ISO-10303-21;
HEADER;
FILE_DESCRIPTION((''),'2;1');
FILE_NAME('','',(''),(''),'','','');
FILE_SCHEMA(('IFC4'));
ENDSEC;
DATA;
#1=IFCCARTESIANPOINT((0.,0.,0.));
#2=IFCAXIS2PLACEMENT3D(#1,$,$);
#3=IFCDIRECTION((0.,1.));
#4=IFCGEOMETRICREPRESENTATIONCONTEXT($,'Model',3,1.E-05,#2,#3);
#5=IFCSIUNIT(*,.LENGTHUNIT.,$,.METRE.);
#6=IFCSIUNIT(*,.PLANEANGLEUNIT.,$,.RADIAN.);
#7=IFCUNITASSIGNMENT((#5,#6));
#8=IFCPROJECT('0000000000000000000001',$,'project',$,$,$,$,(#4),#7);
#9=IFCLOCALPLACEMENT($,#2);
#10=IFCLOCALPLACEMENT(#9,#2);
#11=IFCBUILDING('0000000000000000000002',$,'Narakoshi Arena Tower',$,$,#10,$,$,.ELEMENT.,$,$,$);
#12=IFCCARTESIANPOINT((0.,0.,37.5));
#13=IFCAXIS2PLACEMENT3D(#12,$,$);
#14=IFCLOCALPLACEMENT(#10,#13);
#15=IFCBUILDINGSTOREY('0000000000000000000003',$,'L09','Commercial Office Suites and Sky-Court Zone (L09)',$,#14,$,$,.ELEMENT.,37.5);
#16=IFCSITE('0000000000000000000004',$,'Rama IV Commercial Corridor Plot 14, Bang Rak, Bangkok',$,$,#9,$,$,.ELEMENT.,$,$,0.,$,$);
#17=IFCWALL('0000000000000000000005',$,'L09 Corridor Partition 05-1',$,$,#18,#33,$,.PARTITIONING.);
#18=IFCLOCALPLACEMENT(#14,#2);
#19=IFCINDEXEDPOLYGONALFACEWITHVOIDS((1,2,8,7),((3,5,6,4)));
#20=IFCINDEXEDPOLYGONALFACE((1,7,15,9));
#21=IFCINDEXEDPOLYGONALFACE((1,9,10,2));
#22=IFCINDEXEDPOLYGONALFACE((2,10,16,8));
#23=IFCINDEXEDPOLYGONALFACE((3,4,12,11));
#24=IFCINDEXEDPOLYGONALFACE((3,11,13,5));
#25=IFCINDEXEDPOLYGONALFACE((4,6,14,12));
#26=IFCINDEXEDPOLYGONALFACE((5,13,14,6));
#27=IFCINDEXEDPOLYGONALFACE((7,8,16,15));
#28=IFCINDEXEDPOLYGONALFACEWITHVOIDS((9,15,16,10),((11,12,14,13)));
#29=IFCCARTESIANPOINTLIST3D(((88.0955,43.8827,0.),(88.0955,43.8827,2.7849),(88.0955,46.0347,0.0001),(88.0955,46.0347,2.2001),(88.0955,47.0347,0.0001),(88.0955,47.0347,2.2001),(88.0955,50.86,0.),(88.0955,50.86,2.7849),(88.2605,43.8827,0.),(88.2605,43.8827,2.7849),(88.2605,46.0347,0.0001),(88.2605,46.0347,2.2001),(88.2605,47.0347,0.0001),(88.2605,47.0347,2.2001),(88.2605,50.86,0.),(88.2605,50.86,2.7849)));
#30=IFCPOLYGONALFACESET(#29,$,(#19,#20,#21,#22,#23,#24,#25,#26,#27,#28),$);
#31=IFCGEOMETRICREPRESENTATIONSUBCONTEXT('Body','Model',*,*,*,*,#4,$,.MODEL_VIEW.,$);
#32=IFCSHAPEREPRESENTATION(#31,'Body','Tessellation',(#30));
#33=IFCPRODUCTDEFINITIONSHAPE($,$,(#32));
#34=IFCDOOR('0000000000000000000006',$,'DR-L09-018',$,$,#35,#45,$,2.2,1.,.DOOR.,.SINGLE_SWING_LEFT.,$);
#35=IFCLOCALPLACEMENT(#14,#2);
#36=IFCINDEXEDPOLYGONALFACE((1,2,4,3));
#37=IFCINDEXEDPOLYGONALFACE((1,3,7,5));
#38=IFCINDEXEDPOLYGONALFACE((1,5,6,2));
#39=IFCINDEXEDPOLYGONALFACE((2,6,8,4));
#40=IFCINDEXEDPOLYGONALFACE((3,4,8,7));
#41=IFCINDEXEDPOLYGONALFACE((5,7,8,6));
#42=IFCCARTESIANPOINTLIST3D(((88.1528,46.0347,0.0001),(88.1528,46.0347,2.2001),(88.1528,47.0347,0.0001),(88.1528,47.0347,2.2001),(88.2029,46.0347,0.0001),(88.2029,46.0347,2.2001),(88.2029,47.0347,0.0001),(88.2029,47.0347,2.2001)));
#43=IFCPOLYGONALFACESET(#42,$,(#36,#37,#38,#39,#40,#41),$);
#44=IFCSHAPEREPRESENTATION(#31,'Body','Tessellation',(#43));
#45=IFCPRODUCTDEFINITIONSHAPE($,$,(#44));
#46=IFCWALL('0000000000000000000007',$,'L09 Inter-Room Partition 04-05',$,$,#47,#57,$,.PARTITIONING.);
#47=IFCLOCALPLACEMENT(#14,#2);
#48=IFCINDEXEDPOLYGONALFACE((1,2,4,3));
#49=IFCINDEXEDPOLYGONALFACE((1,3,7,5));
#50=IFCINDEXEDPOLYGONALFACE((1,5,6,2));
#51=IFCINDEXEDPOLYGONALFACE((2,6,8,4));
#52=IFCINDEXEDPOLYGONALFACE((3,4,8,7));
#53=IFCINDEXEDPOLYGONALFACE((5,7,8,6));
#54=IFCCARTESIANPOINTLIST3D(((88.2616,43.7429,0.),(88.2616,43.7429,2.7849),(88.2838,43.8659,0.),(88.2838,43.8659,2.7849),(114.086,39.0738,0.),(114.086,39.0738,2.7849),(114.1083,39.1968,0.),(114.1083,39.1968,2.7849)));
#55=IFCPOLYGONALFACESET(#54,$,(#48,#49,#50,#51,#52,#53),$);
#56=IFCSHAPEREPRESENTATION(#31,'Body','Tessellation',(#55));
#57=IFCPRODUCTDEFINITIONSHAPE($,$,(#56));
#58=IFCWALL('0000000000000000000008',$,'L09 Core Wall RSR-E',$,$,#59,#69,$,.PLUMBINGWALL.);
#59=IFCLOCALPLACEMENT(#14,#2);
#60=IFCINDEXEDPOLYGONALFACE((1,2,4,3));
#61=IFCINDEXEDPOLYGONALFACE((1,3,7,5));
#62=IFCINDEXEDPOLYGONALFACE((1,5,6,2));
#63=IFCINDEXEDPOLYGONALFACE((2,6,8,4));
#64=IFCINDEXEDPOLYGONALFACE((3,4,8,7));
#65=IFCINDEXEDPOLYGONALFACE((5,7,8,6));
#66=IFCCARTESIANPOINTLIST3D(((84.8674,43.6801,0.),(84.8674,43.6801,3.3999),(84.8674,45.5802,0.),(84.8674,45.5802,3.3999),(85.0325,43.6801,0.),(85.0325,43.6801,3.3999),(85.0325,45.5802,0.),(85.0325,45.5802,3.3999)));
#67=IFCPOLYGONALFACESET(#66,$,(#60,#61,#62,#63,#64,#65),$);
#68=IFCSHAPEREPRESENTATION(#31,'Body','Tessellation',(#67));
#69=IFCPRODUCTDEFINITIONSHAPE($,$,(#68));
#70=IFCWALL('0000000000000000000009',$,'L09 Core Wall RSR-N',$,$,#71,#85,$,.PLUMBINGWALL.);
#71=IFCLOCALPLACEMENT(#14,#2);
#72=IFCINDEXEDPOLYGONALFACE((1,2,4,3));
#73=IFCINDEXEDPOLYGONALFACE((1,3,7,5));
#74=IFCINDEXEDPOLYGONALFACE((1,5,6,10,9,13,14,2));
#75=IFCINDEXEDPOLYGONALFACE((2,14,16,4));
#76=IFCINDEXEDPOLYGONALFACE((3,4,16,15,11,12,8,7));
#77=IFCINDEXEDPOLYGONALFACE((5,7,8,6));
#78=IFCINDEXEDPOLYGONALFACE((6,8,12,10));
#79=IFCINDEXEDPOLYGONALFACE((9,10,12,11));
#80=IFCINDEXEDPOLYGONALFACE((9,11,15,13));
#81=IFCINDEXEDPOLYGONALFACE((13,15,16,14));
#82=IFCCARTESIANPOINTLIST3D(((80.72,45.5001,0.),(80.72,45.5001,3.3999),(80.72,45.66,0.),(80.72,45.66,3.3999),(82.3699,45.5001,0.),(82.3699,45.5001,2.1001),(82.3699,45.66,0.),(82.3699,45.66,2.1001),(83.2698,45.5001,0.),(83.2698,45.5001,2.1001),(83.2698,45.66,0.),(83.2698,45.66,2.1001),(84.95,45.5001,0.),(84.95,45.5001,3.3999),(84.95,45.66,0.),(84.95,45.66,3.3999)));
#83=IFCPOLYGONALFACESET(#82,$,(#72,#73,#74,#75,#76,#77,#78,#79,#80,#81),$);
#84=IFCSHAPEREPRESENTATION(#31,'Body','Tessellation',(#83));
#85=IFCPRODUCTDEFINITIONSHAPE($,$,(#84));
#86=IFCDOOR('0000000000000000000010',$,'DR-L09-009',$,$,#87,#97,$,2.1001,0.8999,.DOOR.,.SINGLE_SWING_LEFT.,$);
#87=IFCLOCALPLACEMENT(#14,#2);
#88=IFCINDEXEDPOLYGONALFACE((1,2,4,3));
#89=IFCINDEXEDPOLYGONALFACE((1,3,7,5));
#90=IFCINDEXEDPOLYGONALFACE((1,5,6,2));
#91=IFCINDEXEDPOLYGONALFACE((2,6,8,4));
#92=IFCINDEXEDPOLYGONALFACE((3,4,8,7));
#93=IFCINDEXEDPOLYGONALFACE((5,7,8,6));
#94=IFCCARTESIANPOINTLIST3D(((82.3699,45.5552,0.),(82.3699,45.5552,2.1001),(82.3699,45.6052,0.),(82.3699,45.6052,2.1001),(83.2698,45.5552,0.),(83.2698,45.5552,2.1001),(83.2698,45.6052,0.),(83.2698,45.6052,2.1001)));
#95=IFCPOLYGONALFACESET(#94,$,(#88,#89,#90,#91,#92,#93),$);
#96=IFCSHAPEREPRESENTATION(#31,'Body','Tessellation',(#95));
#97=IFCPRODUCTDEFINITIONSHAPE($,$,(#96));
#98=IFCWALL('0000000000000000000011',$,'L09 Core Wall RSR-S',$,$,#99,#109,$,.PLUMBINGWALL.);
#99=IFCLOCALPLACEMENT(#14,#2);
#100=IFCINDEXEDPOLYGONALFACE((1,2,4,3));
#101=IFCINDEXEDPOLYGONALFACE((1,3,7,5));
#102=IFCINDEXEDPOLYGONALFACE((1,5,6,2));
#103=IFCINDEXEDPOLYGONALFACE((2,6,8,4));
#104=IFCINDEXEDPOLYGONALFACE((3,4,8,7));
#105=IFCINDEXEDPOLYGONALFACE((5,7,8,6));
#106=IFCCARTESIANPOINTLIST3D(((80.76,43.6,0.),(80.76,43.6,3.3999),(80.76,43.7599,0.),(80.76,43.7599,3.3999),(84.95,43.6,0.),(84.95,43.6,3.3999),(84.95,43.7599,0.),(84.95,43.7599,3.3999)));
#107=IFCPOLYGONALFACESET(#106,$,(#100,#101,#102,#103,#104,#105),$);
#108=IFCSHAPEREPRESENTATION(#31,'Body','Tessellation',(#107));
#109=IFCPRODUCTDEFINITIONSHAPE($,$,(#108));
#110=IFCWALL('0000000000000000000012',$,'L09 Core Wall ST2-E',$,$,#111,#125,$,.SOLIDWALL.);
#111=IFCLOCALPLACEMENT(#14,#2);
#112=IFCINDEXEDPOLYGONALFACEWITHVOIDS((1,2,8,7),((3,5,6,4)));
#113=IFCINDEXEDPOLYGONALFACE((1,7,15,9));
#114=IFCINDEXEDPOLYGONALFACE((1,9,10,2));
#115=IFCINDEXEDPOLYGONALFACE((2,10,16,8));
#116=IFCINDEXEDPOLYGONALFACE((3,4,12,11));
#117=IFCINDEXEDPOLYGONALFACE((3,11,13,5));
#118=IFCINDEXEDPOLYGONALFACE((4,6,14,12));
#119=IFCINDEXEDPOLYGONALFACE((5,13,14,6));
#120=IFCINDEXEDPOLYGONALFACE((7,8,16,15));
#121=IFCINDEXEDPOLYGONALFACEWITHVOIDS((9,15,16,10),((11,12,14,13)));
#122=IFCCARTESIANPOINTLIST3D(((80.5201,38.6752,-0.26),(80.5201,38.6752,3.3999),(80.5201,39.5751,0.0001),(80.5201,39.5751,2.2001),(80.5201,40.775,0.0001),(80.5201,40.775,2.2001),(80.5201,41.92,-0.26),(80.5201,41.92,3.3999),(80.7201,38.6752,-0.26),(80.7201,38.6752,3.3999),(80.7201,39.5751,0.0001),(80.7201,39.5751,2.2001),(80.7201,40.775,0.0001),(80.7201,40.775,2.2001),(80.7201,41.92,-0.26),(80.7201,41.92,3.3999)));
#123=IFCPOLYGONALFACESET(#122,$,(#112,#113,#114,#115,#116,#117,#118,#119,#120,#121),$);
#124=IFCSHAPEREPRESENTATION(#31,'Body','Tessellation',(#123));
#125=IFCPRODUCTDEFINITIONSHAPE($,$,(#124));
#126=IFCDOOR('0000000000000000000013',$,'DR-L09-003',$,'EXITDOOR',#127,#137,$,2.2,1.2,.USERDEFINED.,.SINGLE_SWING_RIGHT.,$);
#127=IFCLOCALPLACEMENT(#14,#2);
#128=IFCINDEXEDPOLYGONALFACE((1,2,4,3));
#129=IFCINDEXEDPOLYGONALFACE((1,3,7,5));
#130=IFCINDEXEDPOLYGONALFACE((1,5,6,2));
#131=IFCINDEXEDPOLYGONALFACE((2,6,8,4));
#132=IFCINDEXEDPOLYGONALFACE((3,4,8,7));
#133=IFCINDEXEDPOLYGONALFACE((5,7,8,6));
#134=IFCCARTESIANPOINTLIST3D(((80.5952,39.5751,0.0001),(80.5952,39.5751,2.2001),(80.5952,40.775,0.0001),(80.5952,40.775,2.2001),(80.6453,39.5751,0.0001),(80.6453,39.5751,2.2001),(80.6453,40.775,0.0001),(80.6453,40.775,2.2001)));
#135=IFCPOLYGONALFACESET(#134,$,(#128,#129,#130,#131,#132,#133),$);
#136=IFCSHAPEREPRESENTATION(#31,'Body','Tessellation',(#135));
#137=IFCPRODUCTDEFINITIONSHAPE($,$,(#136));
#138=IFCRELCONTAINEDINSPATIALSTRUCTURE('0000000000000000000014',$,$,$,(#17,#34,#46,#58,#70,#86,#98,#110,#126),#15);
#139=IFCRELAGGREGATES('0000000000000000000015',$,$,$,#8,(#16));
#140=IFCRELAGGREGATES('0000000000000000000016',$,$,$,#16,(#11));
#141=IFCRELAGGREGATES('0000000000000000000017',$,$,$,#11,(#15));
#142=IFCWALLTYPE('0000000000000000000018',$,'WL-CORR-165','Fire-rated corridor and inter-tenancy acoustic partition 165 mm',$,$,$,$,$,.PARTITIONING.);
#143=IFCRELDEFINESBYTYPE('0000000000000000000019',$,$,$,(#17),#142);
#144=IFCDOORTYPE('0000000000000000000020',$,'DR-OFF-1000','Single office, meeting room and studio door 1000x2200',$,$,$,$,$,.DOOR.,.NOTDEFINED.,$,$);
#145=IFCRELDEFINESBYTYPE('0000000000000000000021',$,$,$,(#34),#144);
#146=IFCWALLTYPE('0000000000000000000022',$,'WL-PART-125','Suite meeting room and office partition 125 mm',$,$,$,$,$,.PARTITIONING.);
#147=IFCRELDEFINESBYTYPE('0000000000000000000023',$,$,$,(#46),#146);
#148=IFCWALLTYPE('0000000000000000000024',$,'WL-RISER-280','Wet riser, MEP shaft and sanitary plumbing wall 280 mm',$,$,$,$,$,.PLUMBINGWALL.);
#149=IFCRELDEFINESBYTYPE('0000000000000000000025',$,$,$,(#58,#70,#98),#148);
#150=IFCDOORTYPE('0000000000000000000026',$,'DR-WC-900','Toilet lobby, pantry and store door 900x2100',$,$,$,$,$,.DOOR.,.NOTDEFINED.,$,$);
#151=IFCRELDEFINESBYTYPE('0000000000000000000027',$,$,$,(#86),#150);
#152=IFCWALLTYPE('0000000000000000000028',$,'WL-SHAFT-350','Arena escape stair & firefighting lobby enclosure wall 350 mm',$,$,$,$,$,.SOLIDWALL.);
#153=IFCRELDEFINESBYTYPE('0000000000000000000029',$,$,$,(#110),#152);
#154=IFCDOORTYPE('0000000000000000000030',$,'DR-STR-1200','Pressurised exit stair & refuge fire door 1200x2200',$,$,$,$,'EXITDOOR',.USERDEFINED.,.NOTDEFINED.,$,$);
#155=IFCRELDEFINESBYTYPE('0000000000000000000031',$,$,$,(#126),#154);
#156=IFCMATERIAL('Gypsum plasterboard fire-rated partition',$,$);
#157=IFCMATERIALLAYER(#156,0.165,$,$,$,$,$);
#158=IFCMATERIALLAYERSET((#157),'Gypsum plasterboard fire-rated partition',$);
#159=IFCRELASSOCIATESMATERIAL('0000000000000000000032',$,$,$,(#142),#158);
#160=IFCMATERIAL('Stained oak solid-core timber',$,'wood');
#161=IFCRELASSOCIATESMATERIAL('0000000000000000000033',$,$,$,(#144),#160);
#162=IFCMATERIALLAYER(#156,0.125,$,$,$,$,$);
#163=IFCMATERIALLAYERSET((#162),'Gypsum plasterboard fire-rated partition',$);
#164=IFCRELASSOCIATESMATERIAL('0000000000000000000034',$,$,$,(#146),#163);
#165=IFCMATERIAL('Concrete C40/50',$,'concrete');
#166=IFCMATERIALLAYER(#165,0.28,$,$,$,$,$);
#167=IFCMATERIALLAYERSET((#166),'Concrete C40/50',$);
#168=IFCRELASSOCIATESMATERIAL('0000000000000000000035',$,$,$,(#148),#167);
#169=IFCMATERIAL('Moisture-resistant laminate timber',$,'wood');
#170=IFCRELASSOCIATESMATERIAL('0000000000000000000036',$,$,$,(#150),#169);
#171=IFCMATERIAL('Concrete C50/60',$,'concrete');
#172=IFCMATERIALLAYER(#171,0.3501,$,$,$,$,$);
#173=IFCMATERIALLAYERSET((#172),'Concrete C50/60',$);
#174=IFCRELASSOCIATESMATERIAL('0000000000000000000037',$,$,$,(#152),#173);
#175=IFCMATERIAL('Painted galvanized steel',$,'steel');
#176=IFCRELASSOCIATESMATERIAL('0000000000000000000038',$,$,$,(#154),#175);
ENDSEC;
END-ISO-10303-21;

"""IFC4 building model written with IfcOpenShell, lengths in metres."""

from ifc_helpers import new_model, si_unit, direction, frame, frame_2d, origin, place, context, subcontext, project, spatial, rectangle, extrude, material, layer, layer_set, type_object, element, fill, save


model = new_model("IFC4")

# Units and contexts
model_context = context("Model", 3, precision=1e-05, world=origin(), true_north=direction((0.0, 1.0)))
body_context = subcontext(model_context, "Body", "Model", "MODEL_VIEW")
ifc_project = project(units=[si_unit("LENGTHUNIT", "METRE"), si_unit("PLANEANGLEUNIT", "RADIAN")], contexts=[model_context])

# Site, building, storey
site_placement = place(None, origin())
site = spatial("IfcSite", under=ifc_project, at=site_placement, Name="Rama IV Commercial Corridor Plot 14, Bang Rak, Bangkok", CompositionType="ELEMENT", RefElevation=0.0)
building_placement = place(site_placement, origin())
building = spatial("IfcBuilding", under=site, at=building_placement, Name="Narakoshi Arena Tower", CompositionType="ELEMENT")
storey_placement = place(building_placement, frame((0.0, 0.0, 37.5)))
storey = spatial("IfcBuildingStorey", under=building, at=storey_placement, Name="L09", Description="Commercial Office Suites and Sky-Court Zone (L09)", CompositionType="ELEMENT", Elevation=37.5)

# Wall, opening, door
ifc_material_1 = material(Name="Gypsum plasterboard fire-rated partition")
ifc_layer_1 = layer(ifc_material_1, 0.165)
ifc_layer_set_1 = layer_set([ifc_layer_1], Name="Gypsum plasterboard fire-rated partition")
wall_type_1 = type_object("IfcWallType", Name="WL-CORR-165", Description="Fire-rated corridor and inter-tenancy acoustic partition 165 mm", PredefinedType="PARTITIONING", material=ifc_layer_set_1)
ifc_material_2 = material(Name="Stained oak solid-core timber", Category="wood")
door_type_1 = type_object("IfcDoorType", Name="DR-OFF-1000", Description="Single office, meeting room and studio door 1000x2200", OperationType="NOTDEFINED", PredefinedType="DOOR", material=ifc_material_2)
wall_1_placement = place(storey_placement, frame((88.178, 43.8826, 0.0), z_axis=(0.0, 0.0, 1.0), x_axis=(0.0, 1.0, 0.0)))
wall_1 = element("IfcWall", 1, at=wall_1_placement, inside=storey, type_object=wall_type_1, Name="L09 Corridor Partition 05-1", PredefinedType="PARTITIONING", context=body_context, shape_type="SweptSolid", body=[
    extrude(rectangle(XDim=6.9773, YDim=0.165, at=frame_2d((3.4888, 0.0))), origin(), (0.0, 0.0, 1.0), 2.7849),
])
opening_1_placement = place(wall_1_placement, frame((2.1521, 0.0, 0.0)))
opening_1 = element("IfcOpeningElement", 2, at=opening_1_placement, cuts=wall_1, PredefinedType="OPENING", context=body_context, shape_type="SweptSolid", body=[
    extrude(rectangle(XDim=1.0, YDim=2.2, at=frame_2d((0.5, 1.1001))), frame((0.0, 0.0925, 0.0), z_axis=(0.0, -1.0, 0.0), x_axis=(1.0, 0.0, 0.0)), (0.0, 0.0, 1.0), 0.1851),
])
door_1_placement = place(opening_1_placement, frame((1.0, 0.0, 0.0), z_axis=(0.0, 0.0, 1.0), x_axis=(-1.0, 0.0, 0.0)))
door_1 = element("IfcDoor", 3, at=door_1_placement, inside=storey, type_object=door_type_1, Name="DR-L09-018", OperationType="SINGLE_SWING_LEFT", OverallHeight=2.2, OverallWidth=1.0, PredefinedType="DOOR", context=body_context, shape_type="SweptSolid", body=[
    extrude(rectangle(XDim=1.0, YDim=2.2, at=frame_2d((0.5, 1.1001))), frame((0.0, 0.0249, 0.0), z_axis=(0.0, -1.0, 0.0), x_axis=(1.0, 0.0, 0.0)), (0.0, 0.0, 1.0), 0.05),
])
fill(opening_1, door_1)

# Walls
ifc_layer_2 = layer(ifc_material_1, 0.125)
ifc_layer_set_2 = layer_set([ifc_layer_2], Name="Gypsum plasterboard fire-rated partition")
wall_type_2 = type_object("IfcWallType", Name="WL-PART-125", Description="Suite meeting room and office partition 125 mm", PredefinedType="PARTITIONING", material=ifc_layer_set_2)
wall_2_placement = place(storey_placement, frame((88.2727, 43.8044, 0.0), z_axis=(0.0, 0.0, 1.0), x_axis=(0.984045, -0.17792, 0.0)))
element("IfcWall", 4, at=wall_2_placement, inside=storey, type_object=wall_type_2, Name="L09 Inter-Room Partition 04-05", PredefinedType="PARTITIONING", context=body_context, shape_type="SweptSolid", body=[
    extrude(rectangle(XDim=26.2432, YDim=0.125, at=frame_2d((13.1216, 0.0))), origin(), (0.0, 0.0, 1.0), 2.7849),
])
ifc_material_3 = material(Name="Concrete C40/50", Category="concrete")
ifc_layer_3 = layer(ifc_material_3, 0.28)
ifc_layer_set_3 = layer_set([ifc_layer_3], Name="Concrete C40/50")
wall_type_3 = type_object("IfcWallType", Name="WL-RISER-280", Description="Wet riser, MEP shaft and sanitary plumbing wall 280 mm", PredefinedType="PLUMBINGWALL", material=ifc_layer_set_3)
wall_3_placement = place(storey_placement, frame((84.95, 43.6799, 0.0), z_axis=(0.0, 0.0, 1.0), x_axis=(0.0, 1.0, 0.0)))
element("IfcWall", 5, at=wall_3_placement, inside=storey, type_object=wall_type_3, Name="L09 Core Wall RSR-E", PredefinedType="PLUMBINGWALL", context=body_context, shape_type="SweptSolid", body=[
    extrude(rectangle(XDim=1.9001, YDim=0.165, at=frame_2d((0.9502, 0.0))), origin(), (0.0, 0.0, 1.0), 3.3999),
])

# Wall, opening, door
wall_4_placement = place(storey_placement, frame((80.72, 45.5801, 0.0), z_axis=(0.0, 0.0, 1.0), x_axis=(1.0, 0.0, 0.0)))
wall_4 = element("IfcWall", 6, at=wall_4_placement, inside=storey, type_object=wall_type_3, Name="L09 Core Wall RSR-N", PredefinedType="PLUMBINGWALL", context=body_context, shape_type="SweptSolid", body=[
    extrude(rectangle(XDim=4.23, YDim=0.1599, at=frame_2d((2.115, 0.0))), origin(), (0.0, 0.0, 1.0), 3.3999),
])
opening_2_placement = place(wall_4_placement, frame((1.6499, 0.0, 0.0)))
opening_2 = element("IfcOpeningElement", 7, at=opening_2_placement, cuts=wall_4, PredefinedType="OPENING", context=body_context, shape_type="SweptSolid", body=[
    extrude(rectangle(XDim=0.8999, YDim=2.1001, at=frame_2d((0.45, 1.05))), frame((0.0, 0.0898, 0.0), z_axis=(0.0, -1.0, 0.0), x_axis=(1.0, 0.0, 0.0)), (0.0, 0.0, 1.0), 0.1799),
])
ifc_material_4 = material(Name="Moisture-resistant laminate timber", Category="wood")
door_type_2 = type_object("IfcDoorType", Name="DR-WC-900", Description="Toilet lobby, pantry and store door 900x2100", OperationType="NOTDEFINED", PredefinedType="DOOR", material=ifc_material_4)
door_2_placement = place(opening_2_placement, frame((0.8999, 0.0, 0.0), z_axis=(0.0, 0.0, 1.0), x_axis=(-1.0, 0.0, 0.0)))
door_2 = element("IfcDoor", 8, at=door_2_placement, inside=storey, type_object=door_type_2, Name="DR-L09-009", OperationType="SINGLE_SWING_LEFT", OverallHeight=2.1001, OverallWidth=0.8999, PredefinedType="DOOR", context=body_context, shape_type="SweptSolid", body=[
    extrude(rectangle(XDim=0.8999, YDim=2.1001, at=frame_2d((0.45, 1.05))), frame((0.0, 0.0249, 0.0), z_axis=(0.0, -1.0, 0.0), x_axis=(1.0, 0.0, 0.0)), (0.0, 0.0, 1.0), 0.05),
])
fill(opening_2, door_2)

# Wall
wall_5_placement = place(storey_placement, frame((80.76, 43.6799, 0.0), z_axis=(0.0, 0.0, 1.0), x_axis=(1.0, 0.0, 0.0)))
element("IfcWall", 9, at=wall_5_placement, inside=storey, type_object=wall_type_3, Name="L09 Core Wall RSR-S", PredefinedType="PLUMBINGWALL", context=body_context, shape_type="SweptSolid", body=[
    extrude(rectangle(XDim=4.1899, YDim=0.1599, at=frame_2d((2.095, 0.0))), origin(), (0.0, 0.0, 1.0), 3.3999),
])

# Wall, opening, door
ifc_material_5 = material(Name="Concrete C50/60", Category="concrete")
ifc_layer_4 = layer(ifc_material_5, 0.3501)
ifc_layer_set_4 = layer_set([ifc_layer_4], Name="Concrete C50/60")
wall_type_4 = type_object("IfcWallType", Name="WL-SHAFT-350", Description="Arena escape stair & firefighting lobby enclosure wall 350 mm", PredefinedType="SOLIDWALL", material=ifc_layer_set_4)
wall_6_placement = place(storey_placement, frame((80.6201, 38.675, -0.26), z_axis=(0.0, 0.0, 1.0), x_axis=(0.0, 1.0, 0.0)))
wall_6 = element("IfcWall", 10, at=wall_6_placement, inside=storey, type_object=wall_type_4, Name="L09 Core Wall ST2-E", PredefinedType="SOLIDWALL", context=body_context, shape_type="SweptSolid", body=[
    extrude(rectangle(XDim=3.2449, YDim=0.2, at=frame_2d((1.6226, 0.0))), origin(), (0.0, 0.0, 1.0), 3.6599),
])
opening_3_placement = place(wall_6_placement, frame((0.8999, 0.0, 0.26)))
opening_3 = element("IfcOpeningElement", 11, at=opening_3_placement, cuts=wall_6, PredefinedType="OPENING", context=body_context, shape_type="SweptSolid", body=[
    extrude(rectangle(XDim=1.2, YDim=2.2, at=frame_2d((0.6001, 1.1001))), frame((0.0, 0.1099, 0.0), z_axis=(0.0, -1.0, 0.0), x_axis=(1.0, 0.0, 0.0)), (0.0, 0.0, 1.0), 0.22),
])
ifc_material_6 = material(Name="Painted galvanized steel", Category="steel")
door_type_3 = type_object("IfcDoorType", Name="DR-STR-1200", Description="Pressurised exit stair & refuge fire door 1200x2200", ElementType="EXITDOOR", OperationType="NOTDEFINED", PredefinedType="USERDEFINED", material=ifc_material_6)
door_3_placement = place(opening_3_placement, origin())
door_3 = element("IfcDoor", 12, at=door_3_placement, inside=storey, type_object=door_type_3, Name="DR-L09-003", ObjectType="EXITDOOR", OperationType="SINGLE_SWING_RIGHT", OverallHeight=2.2, OverallWidth=1.2, PredefinedType="USERDEFINED", context=body_context, shape_type="SweptSolid", body=[
    extrude(rectangle(XDim=1.2, YDim=2.2, at=frame_2d((0.6001, 1.1001))), frame((0.0, 0.0249, 0.0), z_axis=(0.0, -1.0, 0.0), x_axis=(1.0, 0.0, 0.0)), (0.0, 0.0, 1.0), 0.05),
])
fill(opening_3, door_3)

save(model, "model.ifc")
